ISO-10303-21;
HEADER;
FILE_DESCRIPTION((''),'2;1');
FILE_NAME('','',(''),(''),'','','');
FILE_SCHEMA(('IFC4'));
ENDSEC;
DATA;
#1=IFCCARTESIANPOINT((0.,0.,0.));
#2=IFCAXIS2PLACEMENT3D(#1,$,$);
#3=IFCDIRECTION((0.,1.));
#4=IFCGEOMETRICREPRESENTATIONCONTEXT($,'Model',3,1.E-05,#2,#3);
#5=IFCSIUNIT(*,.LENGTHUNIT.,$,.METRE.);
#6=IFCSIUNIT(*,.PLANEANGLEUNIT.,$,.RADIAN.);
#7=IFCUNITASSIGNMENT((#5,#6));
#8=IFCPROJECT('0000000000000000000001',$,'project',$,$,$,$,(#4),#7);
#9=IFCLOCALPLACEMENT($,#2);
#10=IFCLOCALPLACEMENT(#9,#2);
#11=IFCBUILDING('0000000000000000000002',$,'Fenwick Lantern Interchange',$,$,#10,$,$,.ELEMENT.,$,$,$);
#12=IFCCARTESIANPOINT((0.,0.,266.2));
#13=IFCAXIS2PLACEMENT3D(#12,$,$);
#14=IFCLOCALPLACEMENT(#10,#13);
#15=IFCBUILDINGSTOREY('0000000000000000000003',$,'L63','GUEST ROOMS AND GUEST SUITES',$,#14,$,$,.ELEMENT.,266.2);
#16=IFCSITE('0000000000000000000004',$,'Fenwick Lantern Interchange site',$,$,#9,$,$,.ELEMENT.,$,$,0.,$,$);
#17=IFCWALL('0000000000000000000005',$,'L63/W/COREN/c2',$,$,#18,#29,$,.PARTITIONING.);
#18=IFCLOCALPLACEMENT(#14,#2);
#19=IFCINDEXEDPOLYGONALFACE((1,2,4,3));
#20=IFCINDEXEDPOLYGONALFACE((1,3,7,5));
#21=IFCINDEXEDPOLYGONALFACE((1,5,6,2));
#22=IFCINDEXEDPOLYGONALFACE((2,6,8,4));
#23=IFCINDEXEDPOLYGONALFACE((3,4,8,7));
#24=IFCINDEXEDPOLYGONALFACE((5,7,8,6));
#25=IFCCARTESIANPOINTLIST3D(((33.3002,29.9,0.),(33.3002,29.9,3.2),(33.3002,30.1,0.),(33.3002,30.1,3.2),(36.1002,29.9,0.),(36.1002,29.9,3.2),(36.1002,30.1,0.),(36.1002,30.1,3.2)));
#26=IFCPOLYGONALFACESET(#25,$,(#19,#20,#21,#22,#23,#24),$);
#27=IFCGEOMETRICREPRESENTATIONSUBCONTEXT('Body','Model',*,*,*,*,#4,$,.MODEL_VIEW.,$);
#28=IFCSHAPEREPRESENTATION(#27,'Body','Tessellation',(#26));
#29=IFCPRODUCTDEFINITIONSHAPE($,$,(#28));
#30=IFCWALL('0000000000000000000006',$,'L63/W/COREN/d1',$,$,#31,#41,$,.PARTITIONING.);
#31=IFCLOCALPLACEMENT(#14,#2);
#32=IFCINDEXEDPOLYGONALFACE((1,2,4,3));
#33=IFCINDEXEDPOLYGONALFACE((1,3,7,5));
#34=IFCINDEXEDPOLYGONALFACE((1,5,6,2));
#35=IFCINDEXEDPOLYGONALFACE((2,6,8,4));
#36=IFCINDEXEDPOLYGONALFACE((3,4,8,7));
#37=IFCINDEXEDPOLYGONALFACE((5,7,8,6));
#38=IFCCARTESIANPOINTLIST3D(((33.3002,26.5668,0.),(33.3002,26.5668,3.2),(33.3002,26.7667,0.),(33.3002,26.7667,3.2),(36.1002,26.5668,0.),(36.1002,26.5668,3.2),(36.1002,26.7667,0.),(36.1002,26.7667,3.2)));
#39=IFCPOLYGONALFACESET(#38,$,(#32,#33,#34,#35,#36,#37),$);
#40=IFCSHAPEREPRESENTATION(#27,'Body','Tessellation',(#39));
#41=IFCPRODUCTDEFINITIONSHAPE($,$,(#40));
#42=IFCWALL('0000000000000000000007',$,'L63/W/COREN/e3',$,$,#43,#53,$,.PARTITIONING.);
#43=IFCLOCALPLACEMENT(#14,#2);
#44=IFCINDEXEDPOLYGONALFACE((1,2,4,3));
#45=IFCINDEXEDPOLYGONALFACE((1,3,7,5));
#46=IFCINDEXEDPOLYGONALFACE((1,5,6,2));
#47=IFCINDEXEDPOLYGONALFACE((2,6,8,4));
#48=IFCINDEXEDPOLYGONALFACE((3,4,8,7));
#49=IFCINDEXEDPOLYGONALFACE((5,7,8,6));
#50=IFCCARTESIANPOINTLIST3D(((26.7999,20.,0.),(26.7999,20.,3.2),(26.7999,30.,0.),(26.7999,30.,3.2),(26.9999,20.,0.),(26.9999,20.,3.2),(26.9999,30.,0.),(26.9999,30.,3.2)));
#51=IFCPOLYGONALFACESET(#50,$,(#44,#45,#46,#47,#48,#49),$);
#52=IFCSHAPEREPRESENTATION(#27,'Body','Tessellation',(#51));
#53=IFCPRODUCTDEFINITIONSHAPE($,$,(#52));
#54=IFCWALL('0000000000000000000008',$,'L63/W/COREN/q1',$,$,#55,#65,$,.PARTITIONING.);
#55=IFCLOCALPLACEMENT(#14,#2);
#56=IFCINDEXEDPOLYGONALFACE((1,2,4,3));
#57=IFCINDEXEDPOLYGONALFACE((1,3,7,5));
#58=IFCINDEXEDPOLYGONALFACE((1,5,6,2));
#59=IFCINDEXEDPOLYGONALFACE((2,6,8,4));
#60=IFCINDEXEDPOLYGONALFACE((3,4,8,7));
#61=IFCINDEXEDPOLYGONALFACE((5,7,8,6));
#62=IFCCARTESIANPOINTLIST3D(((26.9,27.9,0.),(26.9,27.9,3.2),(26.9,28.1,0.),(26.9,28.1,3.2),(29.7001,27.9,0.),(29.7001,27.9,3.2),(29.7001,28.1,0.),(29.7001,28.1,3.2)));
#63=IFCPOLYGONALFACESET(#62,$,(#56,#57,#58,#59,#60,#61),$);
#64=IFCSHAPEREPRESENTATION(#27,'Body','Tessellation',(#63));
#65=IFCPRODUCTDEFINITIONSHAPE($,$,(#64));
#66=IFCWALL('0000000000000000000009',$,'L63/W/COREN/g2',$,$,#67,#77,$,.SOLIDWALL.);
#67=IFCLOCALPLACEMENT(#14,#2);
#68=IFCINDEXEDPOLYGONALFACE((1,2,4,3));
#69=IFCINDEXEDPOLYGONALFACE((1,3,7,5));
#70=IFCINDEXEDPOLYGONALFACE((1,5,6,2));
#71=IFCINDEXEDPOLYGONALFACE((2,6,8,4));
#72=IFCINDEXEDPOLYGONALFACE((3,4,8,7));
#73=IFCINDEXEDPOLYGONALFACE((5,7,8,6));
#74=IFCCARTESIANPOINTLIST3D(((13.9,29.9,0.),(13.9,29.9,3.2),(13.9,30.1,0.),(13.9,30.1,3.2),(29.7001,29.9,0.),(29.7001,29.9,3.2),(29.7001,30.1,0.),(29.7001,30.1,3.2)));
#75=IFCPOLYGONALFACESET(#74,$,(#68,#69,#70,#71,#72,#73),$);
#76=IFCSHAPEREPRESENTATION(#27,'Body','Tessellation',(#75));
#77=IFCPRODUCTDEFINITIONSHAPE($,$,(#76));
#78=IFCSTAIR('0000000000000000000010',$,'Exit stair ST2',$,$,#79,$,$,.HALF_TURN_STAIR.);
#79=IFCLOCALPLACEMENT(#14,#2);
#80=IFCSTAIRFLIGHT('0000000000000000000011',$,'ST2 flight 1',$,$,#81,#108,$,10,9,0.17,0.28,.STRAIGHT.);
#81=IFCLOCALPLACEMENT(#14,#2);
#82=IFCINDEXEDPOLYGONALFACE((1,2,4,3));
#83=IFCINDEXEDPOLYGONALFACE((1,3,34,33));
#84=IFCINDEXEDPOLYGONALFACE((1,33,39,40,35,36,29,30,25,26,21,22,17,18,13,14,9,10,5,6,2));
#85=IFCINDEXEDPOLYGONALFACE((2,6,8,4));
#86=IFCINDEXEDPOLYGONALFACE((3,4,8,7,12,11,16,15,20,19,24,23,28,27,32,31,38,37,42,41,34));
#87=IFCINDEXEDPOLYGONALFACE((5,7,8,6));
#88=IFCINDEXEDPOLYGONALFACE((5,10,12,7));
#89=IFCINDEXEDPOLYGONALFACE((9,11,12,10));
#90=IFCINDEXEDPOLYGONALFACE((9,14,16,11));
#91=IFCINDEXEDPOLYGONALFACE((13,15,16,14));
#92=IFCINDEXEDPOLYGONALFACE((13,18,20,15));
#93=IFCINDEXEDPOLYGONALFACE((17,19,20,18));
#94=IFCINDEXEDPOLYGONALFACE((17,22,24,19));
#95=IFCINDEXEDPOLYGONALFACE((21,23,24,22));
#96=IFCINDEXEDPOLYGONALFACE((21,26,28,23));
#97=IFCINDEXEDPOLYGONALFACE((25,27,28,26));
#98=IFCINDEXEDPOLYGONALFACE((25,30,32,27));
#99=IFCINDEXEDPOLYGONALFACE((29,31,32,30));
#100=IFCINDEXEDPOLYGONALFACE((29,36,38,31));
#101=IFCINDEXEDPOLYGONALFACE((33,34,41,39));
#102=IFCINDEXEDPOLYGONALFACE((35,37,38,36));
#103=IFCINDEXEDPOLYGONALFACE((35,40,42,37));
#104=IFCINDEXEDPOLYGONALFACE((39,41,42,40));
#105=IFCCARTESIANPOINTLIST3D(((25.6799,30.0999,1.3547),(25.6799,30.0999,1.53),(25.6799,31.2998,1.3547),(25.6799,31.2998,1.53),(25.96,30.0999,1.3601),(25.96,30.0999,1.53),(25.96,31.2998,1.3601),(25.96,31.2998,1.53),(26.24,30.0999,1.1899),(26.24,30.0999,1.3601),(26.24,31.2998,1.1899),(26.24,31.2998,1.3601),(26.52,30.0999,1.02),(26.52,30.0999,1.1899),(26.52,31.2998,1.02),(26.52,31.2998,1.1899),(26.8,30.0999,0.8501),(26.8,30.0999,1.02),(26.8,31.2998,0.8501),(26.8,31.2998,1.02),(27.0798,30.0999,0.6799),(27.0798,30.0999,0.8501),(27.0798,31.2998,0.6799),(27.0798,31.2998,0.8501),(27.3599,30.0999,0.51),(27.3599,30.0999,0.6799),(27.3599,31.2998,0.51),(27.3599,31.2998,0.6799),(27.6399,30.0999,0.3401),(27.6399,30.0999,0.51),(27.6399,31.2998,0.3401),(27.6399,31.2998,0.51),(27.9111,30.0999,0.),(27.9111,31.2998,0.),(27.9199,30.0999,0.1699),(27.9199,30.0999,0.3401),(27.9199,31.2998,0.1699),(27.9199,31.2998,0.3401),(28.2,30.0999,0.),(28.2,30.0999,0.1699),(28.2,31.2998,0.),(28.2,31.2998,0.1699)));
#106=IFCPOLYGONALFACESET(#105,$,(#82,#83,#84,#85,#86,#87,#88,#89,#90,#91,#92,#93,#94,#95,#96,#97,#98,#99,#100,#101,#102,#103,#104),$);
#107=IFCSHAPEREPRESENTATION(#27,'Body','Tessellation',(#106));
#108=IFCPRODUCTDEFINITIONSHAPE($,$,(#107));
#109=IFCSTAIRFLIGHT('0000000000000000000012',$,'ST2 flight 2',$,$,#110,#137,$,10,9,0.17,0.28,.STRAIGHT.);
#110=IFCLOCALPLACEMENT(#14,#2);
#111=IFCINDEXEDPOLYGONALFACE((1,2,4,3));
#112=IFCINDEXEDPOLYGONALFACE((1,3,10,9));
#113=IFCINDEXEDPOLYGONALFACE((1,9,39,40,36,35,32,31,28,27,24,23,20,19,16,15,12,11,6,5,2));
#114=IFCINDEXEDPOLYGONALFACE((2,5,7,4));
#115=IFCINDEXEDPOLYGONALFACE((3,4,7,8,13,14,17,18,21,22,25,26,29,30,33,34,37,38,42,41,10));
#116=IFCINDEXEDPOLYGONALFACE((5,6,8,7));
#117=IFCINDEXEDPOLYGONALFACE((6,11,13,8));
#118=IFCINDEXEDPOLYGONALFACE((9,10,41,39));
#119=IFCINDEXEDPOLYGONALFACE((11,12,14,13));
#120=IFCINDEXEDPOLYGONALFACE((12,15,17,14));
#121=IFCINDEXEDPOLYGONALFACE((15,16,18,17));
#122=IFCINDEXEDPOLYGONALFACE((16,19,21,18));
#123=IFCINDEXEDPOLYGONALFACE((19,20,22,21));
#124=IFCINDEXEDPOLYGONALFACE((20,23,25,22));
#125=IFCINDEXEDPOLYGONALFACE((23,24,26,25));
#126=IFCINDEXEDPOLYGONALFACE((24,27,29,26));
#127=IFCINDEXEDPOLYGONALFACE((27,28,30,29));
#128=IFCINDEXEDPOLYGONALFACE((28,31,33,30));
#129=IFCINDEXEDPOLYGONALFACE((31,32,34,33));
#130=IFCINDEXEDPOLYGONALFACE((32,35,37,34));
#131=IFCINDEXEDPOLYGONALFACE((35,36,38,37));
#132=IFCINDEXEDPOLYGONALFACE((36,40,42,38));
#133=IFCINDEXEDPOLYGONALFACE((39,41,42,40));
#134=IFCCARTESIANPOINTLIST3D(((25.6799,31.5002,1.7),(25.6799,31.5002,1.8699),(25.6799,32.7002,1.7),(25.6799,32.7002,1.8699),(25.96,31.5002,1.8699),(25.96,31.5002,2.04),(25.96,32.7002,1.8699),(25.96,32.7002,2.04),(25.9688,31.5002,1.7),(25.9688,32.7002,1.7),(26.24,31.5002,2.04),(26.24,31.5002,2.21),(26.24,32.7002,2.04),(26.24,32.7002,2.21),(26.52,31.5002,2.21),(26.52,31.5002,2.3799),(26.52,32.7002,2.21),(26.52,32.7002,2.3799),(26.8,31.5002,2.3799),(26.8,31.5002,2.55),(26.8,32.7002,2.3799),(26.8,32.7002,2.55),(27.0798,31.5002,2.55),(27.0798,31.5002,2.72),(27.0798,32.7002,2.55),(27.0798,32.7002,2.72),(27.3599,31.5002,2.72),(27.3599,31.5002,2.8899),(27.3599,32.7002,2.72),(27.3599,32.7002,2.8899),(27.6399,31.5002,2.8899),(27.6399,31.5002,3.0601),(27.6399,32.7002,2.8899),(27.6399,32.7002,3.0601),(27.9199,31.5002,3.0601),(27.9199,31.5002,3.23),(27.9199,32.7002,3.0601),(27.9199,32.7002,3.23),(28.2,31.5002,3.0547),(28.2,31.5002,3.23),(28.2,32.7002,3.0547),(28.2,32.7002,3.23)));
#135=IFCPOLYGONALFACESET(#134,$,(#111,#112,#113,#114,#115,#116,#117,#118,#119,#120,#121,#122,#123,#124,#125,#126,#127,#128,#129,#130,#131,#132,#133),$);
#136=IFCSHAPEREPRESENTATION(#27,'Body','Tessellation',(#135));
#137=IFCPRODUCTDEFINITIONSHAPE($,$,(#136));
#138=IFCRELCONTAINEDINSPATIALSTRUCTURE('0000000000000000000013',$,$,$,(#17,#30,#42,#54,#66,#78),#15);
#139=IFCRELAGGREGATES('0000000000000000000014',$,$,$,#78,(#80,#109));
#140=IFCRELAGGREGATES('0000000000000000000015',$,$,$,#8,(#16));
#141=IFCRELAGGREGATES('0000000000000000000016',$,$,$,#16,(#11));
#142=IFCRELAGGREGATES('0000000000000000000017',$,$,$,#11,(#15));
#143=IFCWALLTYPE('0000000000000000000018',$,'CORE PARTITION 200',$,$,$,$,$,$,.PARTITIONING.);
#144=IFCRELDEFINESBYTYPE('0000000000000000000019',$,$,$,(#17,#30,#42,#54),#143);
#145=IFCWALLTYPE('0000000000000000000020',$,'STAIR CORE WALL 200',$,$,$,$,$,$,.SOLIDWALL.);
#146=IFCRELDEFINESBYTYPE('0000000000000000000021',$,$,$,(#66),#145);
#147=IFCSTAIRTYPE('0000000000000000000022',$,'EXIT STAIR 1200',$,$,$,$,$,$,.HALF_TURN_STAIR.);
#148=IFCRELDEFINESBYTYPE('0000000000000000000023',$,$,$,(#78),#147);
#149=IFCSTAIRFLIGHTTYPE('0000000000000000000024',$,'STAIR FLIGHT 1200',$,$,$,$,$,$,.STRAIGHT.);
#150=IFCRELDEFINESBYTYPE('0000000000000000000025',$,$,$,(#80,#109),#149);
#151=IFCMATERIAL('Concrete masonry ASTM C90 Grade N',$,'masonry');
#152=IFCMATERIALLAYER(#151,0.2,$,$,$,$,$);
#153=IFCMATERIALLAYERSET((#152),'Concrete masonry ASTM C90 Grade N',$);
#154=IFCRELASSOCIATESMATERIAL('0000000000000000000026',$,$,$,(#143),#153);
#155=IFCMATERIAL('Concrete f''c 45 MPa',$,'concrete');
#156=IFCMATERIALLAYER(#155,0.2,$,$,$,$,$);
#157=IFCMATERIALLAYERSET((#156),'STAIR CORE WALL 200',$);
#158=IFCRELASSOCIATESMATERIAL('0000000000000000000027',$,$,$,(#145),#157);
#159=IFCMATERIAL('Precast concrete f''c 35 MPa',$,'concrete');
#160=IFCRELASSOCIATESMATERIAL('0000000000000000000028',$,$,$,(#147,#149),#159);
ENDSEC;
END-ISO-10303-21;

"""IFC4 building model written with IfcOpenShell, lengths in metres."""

from ifc_helpers import new_model, si_unit, direction, frame, frame_2d, origin, place, context, subcontext, project, spatial, polyline, rectangle, outline, extrude, material, layer, layer_set, type_object, element, aggregate, save


model = new_model("IFC4")

# Units and contexts
model_context = context("Model", 3, precision=1e-05, world=origin(), true_north=direction((0.0, 1.0)))
body_context = subcontext(model_context, "Body", "Model", "MODEL_VIEW")
ifc_project = project(units=[si_unit("LENGTHUNIT", "METRE"), si_unit("PLANEANGLEUNIT", "RADIAN")], contexts=[model_context])

# Site, building, storey
site_placement = place(None, origin())
site = spatial("IfcSite", under=ifc_project, at=site_placement, Name="Fenwick Lantern Interchange site", CompositionType="ELEMENT", RefElevation=0.0)
building_placement = place(site_placement, origin())
building = spatial("IfcBuilding", under=site, at=building_placement, Name="Fenwick Lantern Interchange", CompositionType="ELEMENT")
storey_placement = place(building_placement, frame((0.0, 0.0, 266.2)))
storey = spatial("IfcBuildingStorey", under=building, at=storey_placement, Name="L63", Description="GUEST ROOMS AND GUEST SUITES", CompositionType="ELEMENT", Elevation=266.2)

# Walls
ifc_material_1 = material(Name="Concrete masonry ASTM C90 Grade N", Category="masonry")
ifc_layer_1 = layer(ifc_material_1, 0.2)
ifc_layer_set_1 = layer_set([ifc_layer_1], Name="Concrete masonry ASTM C90 Grade N")
wall_type_1 = type_object("IfcWallType", Name="CORE PARTITION 200", PredefinedType="PARTITIONING", material=ifc_layer_set_1)
for number, where, z_axis, x_axis, name in (
    (1, (36.1001, 30.0, 0.0), (0.0, 0.0, 1.0), (-1.0, 0.0, 0.0), "L63/W/COREN/c2"),
    (2, (36.1001, 26.6667, 0.0), (0.0, 0.0, 1.0), (-1.0, 0.0, 0.0), "L63/W/COREN/d1"),
):
    element("IfcWall", number, at=place(storey_placement, frame(where, z_axis=z_axis, x_axis=x_axis)), inside=storey, type_object=wall_type_1, Name=name, PredefinedType="PARTITIONING", context=body_context, shape_type="SweptSolid", body=[
        extrude(rectangle(XDim=2.8, YDim=0.2, at=frame_2d((1.3999, 0.0))), origin(), (0.0, 0.0, 1.0), 3.2),
    ])
wall_1_placement = place(storey_placement, frame((26.8999, 30.0, 0.0), z_axis=(0.0, 0.0, 1.0), x_axis=(0.0, -1.0, 0.0)))
element("IfcWall", 3, at=wall_1_placement, inside=storey, type_object=wall_type_1, Name="L63/W/COREN/e3", PredefinedType="PARTITIONING", context=body_context, shape_type="SweptSolid", body=[
    extrude(rectangle(XDim=10.0, YDim=0.2, at=frame_2d((5.0, 0.0))), origin(), (0.0, 0.0, 1.0), 3.2),
])
wall_2_placement = place(storey_placement, frame((29.7, 28.0, 0.0), z_axis=(0.0, 0.0, 1.0), x_axis=(-1.0, 0.0, 0.0)))
element("IfcWall", 4, at=wall_2_placement, inside=storey, type_object=wall_type_1, Name="L63/W/COREN/q1", PredefinedType="PARTITIONING", context=body_context, shape_type="SweptSolid", body=[
    extrude(rectangle(XDim=2.8, YDim=0.2, at=frame_2d((1.3999, 0.0))), origin(), (0.0, 0.0, 1.0), 3.2),
])
ifc_material_2 = material(Name="Concrete f'c 45 MPa", Category="concrete")
ifc_layer_2 = layer(ifc_material_2, 0.2)
ifc_layer_set_2 = layer_set([ifc_layer_2], Name="STAIR CORE WALL 200")
wall_type_2 = type_object("IfcWallType", Name="STAIR CORE WALL 200", PredefinedType="SOLIDWALL", material=ifc_layer_set_2)
wall_3_placement = place(storey_placement, frame((29.7, 30.0, 0.0), z_axis=(0.0, 0.0, 1.0), x_axis=(-1.0, 0.0, 0.0)))
element("IfcWall", 5, at=wall_3_placement, inside=storey, type_object=wall_type_2, Name="L63/W/COREN/g2", PredefinedType="SOLIDWALL", context=body_context, shape_type="SweptSolid", body=[
    extrude(rectangle(XDim=15.8, YDim=0.2, at=frame_2d((7.8999, 0.0))), origin(), (0.0, 0.0, 1.0), 3.2),
])

# Stair, stair flights
ifc_material_3 = material(Name="Precast concrete f'c 35 MPa", Category="concrete")
stair_type = type_object("IfcStairType", Name="EXIT STAIR 1200", PredefinedType="HALF_TURN_STAIR", material=ifc_material_3)
stair_placement = place(storey_placement, origin())
stair = element("IfcStair", 6, at=stair_placement, inside=storey, type_object=stair_type, Name="Exit stair ST2", PredefinedType="HALF_TURN_STAIR")
stair_flight_type = type_object("IfcStairFlightType", Name="STAIR FLIGHT 1200", PredefinedType="STRAIGHT", material=ifc_material_3)
stair_flight_1_placement = place(storey_placement, frame((28.2, 30.7, 0.0), z_axis=(0.0, 0.0, 1.0), x_axis=(-1.0, 0.0, 0.0)))
stair_flight_1 = element("IfcStairFlight", 7, at=stair_flight_1_placement, type_object=stair_flight_type, Name="ST2 flight 1", NumberOfRisers=10, NumberOfTreads=9, PredefinedType="STRAIGHT", RiserHeight=0.17, TreadLength=0.28, context=body_context, shape_type="SweptSolid", body=[
    extrude(outline(polyline([(0.0, 0.0), (0.0, 0.1699), (0.28, 0.1699), (0.28, 0.3401), (0.5601, 0.3401), (0.5601, 0.51), (0.8401, 0.51), (0.8401, 0.6799), (1.1201, 0.6799), (1.1201, 0.8501), (1.3999, 0.8501), (1.3999, 1.02), (1.6799, 1.02), (1.6799, 1.1899), (1.96, 1.1899), (1.96, 1.3601), (2.24, 1.3601), (2.24, 1.53), (2.52, 1.53), (2.52, 1.7), (2.52, 1.3547), (0.2888, 0.0), (0.0, 0.0)])), frame((0.0, 0.6001, 0.0), z_axis=(0.0, -1.0, 0.0), x_axis=(1.0, 0.0, 0.0)), (0.0, 0.0, 1.0), 1.2),
])
stair_flight_2_placement = place(storey_placement, frame((25.6799, 32.1001, 1.7), z_axis=(0.0, 0.0, 1.0), x_axis=(1.0, 0.0, 0.0)))
stair_flight_2 = element("IfcStairFlight", 8, at=stair_flight_2_placement, type_object=stair_flight_type, Name="ST2 flight 2", NumberOfRisers=10, NumberOfTreads=9, PredefinedType="STRAIGHT", RiserHeight=0.17, TreadLength=0.28, context=body_context, shape_type="SweptSolid", body=[
    extrude(outline(polyline([(0.0, 0.0), (0.0, 0.1699), (0.28, 0.1699), (0.28, 0.3401), (0.5601, 0.3401), (0.5601, 0.51), (0.8401, 0.51), (0.8401, 0.6799), (1.1201, 0.6799), (1.1201, 0.8501), (1.3999, 0.8501), (1.3999, 1.02), (1.6799, 1.02), (1.6799, 1.1899), (1.96, 1.1899), (1.96, 1.3601), (2.24, 1.3601), (2.24, 1.53), (2.52, 1.53), (2.52, 1.7), (2.52, 1.3547), (0.2888, 0.0), (0.0, 0.0)])), frame((0.0, 0.6001, 0.0), z_axis=(0.0, -1.0, 0.0), x_axis=(1.0, 0.0, 0.0)), (0.0, 0.0, 1.0), 1.2),
])
aggregate(stair, [stair_flight_1, stair_flight_2])

save(model, "model.ifc")
